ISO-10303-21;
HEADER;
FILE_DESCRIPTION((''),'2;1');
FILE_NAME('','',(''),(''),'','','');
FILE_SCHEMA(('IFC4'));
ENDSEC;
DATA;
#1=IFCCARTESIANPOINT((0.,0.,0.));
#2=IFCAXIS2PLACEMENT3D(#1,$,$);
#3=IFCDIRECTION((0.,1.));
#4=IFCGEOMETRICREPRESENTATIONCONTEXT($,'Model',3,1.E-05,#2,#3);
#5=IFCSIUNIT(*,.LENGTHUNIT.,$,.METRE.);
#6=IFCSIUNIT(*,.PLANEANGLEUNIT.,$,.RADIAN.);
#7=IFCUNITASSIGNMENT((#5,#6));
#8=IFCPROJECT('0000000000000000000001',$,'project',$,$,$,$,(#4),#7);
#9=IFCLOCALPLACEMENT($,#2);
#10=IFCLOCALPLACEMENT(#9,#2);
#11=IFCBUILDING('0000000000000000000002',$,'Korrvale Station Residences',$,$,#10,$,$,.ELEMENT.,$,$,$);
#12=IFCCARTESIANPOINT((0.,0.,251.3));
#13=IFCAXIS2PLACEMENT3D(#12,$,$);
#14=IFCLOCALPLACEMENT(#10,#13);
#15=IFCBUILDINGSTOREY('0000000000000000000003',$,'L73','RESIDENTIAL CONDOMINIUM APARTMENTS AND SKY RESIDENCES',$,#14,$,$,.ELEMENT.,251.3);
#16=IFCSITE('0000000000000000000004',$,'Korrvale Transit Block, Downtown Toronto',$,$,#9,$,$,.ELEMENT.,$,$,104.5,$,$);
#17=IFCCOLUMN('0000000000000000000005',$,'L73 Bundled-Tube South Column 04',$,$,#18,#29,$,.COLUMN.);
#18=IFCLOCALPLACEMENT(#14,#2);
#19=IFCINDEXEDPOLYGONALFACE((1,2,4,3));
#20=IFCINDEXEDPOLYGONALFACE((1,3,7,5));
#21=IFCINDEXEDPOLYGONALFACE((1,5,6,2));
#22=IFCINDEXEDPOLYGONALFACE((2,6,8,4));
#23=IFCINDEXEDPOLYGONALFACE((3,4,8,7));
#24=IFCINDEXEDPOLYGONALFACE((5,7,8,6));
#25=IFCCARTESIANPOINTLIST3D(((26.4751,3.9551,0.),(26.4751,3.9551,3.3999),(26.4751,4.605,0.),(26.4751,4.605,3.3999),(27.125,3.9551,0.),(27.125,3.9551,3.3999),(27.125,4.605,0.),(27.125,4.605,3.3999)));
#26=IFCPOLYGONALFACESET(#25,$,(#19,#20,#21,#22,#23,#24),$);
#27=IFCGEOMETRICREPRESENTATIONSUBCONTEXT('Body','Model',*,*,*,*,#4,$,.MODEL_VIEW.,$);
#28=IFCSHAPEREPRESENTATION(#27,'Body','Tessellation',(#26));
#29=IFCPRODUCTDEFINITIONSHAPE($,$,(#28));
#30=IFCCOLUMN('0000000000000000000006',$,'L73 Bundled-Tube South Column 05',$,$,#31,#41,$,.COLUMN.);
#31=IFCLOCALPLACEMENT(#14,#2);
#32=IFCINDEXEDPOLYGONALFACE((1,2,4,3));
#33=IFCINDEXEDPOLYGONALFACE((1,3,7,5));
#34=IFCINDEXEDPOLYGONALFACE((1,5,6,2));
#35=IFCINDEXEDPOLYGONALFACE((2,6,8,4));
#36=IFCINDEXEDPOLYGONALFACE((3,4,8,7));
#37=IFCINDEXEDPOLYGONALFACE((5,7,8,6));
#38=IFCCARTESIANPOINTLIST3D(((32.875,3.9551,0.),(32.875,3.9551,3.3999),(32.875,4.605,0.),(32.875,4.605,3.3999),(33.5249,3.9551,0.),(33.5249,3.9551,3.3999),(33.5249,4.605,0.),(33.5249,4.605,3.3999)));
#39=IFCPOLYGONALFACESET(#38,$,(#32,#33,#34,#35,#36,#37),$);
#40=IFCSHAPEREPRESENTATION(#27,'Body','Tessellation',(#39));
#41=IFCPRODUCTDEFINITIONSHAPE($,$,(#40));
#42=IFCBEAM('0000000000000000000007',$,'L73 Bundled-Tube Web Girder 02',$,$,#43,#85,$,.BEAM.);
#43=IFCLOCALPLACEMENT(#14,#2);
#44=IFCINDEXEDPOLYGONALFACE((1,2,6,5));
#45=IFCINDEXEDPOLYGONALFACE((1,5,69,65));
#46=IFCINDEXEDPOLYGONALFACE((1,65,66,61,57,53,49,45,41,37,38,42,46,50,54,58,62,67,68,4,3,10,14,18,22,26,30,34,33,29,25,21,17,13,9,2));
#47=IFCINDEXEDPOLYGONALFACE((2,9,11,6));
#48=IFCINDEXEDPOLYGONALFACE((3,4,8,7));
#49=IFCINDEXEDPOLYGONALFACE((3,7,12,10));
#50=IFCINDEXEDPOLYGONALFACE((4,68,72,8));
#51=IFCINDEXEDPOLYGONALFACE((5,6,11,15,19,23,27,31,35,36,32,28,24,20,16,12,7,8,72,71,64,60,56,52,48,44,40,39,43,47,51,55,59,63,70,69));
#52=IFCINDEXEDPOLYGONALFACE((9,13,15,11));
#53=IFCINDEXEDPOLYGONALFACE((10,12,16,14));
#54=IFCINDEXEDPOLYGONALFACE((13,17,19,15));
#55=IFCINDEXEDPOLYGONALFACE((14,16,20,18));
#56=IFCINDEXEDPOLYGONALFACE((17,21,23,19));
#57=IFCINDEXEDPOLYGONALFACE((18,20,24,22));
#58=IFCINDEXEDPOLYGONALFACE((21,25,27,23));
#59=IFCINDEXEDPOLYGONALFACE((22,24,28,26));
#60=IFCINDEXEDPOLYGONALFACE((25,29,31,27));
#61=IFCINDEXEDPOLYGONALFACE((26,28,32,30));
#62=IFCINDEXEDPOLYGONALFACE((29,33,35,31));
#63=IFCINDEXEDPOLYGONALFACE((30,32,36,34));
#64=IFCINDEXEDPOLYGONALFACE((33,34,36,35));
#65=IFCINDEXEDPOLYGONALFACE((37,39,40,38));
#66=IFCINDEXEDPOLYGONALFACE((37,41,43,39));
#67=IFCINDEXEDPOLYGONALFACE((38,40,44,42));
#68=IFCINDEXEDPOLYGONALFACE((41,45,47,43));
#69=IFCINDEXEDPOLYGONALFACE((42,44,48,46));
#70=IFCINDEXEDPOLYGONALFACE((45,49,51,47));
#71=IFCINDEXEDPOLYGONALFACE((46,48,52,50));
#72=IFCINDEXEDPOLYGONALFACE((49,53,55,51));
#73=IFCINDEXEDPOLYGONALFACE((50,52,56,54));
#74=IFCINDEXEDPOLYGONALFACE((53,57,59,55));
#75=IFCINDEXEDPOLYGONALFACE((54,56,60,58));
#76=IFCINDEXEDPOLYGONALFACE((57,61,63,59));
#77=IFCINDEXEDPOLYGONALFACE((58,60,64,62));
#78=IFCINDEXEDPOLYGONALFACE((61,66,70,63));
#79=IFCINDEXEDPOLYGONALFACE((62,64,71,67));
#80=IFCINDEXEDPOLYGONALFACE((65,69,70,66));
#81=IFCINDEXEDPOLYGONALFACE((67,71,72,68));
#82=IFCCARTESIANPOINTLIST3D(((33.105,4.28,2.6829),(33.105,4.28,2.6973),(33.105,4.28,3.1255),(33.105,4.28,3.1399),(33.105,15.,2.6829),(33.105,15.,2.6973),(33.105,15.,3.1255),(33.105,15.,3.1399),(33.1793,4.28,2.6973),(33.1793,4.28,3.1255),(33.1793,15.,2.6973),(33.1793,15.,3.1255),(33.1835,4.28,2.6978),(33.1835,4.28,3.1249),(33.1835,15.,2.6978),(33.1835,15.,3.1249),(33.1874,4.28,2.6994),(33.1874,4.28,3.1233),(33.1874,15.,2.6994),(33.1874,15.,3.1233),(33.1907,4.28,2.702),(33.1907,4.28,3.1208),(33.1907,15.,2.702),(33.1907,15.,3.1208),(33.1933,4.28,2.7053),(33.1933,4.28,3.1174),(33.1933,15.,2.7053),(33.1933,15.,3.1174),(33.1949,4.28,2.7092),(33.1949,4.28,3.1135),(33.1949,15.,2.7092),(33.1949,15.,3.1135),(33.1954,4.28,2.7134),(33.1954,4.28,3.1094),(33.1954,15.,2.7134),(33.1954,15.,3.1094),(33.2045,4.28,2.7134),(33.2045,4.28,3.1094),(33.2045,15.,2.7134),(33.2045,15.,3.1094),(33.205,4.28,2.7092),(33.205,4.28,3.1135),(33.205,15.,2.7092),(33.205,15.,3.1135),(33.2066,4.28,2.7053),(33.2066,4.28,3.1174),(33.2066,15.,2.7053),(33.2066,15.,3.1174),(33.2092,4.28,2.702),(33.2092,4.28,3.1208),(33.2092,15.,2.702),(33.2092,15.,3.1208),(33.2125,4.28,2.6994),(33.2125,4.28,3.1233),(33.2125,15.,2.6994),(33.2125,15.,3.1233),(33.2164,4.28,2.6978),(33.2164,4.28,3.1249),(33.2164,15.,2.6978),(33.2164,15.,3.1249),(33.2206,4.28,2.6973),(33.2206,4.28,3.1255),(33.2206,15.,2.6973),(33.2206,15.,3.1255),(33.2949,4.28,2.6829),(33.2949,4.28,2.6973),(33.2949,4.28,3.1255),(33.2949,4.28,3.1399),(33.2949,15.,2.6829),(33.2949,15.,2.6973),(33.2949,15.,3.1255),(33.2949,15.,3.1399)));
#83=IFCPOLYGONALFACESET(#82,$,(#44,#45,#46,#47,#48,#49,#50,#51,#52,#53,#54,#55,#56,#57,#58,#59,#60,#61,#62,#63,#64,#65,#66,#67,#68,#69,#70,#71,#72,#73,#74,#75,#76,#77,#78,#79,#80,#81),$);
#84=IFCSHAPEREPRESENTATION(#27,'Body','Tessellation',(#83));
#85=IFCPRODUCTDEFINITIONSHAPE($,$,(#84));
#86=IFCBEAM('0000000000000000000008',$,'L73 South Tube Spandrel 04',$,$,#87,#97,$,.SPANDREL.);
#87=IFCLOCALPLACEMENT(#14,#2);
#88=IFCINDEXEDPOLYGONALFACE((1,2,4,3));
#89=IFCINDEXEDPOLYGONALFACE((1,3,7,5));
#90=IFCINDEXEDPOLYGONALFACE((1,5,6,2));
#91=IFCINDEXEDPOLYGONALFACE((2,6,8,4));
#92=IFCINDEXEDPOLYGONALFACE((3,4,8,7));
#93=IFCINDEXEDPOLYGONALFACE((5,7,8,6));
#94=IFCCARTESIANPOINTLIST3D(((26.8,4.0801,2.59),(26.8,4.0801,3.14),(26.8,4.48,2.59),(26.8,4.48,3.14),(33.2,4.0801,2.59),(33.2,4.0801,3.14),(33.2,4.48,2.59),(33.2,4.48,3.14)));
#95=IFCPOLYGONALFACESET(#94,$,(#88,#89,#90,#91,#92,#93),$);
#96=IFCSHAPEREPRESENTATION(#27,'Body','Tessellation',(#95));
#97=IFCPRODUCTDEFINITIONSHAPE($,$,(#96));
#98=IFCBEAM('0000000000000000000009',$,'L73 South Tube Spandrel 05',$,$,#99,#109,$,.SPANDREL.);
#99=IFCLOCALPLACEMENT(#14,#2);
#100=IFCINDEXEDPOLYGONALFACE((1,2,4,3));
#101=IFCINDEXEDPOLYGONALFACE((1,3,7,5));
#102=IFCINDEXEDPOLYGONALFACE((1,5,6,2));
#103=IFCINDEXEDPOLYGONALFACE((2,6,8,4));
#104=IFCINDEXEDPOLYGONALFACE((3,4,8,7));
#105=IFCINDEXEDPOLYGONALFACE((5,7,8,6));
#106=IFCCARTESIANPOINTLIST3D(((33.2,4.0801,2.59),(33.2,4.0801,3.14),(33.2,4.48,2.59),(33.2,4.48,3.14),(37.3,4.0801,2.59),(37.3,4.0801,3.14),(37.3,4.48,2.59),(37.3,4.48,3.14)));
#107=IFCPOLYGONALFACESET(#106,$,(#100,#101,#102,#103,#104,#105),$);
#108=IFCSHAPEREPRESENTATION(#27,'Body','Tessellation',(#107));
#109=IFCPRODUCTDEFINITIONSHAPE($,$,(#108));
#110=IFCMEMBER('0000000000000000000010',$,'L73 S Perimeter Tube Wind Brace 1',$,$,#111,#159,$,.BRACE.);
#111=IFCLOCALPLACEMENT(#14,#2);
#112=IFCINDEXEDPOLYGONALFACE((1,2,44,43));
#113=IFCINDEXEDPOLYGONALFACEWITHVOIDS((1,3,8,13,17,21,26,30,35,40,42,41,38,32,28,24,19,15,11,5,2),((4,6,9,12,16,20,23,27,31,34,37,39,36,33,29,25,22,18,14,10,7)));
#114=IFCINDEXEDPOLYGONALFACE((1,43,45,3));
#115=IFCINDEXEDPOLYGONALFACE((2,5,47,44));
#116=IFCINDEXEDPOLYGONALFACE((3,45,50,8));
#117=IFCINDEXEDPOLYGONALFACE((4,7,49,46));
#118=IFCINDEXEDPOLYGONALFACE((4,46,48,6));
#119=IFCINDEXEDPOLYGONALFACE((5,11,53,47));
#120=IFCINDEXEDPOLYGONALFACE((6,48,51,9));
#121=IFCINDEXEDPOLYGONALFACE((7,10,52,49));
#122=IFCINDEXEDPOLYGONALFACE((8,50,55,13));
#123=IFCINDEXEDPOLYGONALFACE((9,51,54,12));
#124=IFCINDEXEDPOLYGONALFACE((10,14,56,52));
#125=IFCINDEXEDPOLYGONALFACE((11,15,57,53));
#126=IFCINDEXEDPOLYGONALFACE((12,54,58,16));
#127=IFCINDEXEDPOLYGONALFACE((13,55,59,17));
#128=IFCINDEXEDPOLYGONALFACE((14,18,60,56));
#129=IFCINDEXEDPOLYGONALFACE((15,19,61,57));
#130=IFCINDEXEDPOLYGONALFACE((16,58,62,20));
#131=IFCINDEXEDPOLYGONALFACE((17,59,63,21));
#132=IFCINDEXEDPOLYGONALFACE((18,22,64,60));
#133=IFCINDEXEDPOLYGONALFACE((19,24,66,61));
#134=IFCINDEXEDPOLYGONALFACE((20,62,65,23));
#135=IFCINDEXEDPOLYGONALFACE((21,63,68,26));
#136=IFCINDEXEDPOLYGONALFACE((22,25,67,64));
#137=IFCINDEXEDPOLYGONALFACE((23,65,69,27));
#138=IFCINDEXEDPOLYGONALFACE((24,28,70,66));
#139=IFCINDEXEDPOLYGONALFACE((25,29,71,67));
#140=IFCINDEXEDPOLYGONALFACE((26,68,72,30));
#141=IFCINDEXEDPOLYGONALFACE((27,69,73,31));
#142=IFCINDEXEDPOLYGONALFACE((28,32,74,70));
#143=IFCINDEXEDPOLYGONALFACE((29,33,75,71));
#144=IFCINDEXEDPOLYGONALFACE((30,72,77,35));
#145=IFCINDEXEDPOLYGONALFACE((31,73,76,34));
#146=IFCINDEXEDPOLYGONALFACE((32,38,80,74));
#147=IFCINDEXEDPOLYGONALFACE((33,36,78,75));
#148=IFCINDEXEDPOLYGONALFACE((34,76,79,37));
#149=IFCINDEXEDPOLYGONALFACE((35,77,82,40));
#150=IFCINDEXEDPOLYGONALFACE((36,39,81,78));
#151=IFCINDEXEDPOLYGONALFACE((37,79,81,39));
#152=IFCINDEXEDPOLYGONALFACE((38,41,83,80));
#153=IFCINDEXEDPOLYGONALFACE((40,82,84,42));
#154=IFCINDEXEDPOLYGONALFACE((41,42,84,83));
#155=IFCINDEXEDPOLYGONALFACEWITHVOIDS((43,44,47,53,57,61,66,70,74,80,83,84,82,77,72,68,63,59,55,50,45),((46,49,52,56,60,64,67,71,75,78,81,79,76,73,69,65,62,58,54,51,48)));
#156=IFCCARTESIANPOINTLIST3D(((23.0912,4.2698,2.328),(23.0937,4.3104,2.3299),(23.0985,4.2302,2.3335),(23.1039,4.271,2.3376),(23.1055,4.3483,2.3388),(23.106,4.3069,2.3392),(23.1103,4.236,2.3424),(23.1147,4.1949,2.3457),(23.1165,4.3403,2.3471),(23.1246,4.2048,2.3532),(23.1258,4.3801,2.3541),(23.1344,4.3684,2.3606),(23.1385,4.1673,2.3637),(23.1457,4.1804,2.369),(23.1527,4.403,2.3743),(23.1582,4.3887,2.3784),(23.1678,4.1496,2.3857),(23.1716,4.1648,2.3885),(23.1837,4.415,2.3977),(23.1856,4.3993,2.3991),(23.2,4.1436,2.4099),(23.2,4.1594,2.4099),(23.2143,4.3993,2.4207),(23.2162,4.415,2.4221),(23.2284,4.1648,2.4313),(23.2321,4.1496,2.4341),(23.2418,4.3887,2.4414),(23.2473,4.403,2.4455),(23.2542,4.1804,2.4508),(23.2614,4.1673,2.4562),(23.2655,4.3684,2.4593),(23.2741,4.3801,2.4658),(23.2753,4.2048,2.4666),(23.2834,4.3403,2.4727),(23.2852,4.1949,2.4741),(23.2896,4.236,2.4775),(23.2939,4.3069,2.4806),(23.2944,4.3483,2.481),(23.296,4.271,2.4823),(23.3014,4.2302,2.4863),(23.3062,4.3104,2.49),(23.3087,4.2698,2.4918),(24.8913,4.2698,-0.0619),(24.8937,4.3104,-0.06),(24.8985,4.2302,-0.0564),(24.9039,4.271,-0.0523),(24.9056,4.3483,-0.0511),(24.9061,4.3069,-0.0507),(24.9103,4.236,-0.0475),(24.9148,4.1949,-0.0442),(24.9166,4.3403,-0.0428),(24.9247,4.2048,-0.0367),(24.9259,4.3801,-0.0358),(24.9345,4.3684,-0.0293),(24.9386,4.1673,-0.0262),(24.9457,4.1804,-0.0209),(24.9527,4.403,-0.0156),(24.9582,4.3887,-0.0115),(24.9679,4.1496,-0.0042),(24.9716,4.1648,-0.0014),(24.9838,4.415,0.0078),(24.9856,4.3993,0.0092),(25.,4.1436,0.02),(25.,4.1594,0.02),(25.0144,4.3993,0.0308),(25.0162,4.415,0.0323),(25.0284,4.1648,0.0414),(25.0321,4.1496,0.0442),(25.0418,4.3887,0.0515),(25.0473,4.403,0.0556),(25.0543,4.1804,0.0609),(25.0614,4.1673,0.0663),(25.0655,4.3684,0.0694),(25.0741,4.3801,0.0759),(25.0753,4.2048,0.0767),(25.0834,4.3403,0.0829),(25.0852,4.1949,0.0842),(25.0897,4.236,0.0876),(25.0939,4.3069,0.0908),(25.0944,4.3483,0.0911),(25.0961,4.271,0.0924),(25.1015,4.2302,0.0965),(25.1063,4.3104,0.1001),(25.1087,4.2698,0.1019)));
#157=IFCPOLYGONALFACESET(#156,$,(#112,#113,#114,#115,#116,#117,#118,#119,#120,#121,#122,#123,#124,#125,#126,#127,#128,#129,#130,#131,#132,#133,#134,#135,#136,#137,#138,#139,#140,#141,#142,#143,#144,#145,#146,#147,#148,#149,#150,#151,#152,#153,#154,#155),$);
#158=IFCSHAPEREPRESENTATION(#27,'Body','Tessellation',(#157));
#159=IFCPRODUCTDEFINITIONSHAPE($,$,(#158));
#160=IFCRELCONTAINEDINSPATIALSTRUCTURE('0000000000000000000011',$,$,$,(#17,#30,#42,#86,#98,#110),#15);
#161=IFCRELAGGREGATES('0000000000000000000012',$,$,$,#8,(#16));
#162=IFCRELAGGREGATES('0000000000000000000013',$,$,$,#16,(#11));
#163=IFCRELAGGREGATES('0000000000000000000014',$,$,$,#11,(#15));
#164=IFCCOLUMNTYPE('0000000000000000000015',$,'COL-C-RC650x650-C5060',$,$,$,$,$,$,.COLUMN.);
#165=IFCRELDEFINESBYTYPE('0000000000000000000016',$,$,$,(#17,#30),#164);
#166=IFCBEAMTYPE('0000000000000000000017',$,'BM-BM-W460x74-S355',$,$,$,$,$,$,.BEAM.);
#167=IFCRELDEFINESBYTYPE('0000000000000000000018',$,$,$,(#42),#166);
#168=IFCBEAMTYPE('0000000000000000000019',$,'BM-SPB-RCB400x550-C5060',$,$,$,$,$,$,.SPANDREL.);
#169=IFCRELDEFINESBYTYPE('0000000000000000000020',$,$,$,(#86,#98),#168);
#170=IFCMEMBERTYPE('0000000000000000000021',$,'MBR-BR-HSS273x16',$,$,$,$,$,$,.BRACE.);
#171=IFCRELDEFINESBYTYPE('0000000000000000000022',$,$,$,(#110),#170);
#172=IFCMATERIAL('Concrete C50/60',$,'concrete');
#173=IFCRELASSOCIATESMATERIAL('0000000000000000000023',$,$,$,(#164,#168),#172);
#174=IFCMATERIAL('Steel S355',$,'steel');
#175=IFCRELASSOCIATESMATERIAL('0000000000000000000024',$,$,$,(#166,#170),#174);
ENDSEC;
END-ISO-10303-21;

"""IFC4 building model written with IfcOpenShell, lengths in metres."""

from ifc_helpers import new_model, si_unit, direction, frame, origin, origin_2d, place, context, subcontext, project, spatial, rectangle, hollow_circle, i_section, extrude, material, material_profile, profile_set, type_object, element, save


model = new_model("IFC4")

# Units and contexts
model_context = context("Model", 3, precision=1e-05, world=origin(), true_north=direction((0.0, 1.0)))
body_context = subcontext(model_context, "Body", "Model", "MODEL_VIEW")
ifc_project = project(units=[si_unit("LENGTHUNIT", "METRE"), si_unit("PLANEANGLEUNIT", "RADIAN")], contexts=[model_context])

# Site, building, storey
site_placement = place(None, origin())
site = spatial("IfcSite", under=ifc_project, at=site_placement, Name="Korrvale Transit Block, Downtown Toronto", CompositionType="ELEMENT", RefElevation=104.5)
building_placement = place(site_placement, origin())
building = spatial("IfcBuilding", under=site, at=building_placement, Name="Korrvale Station Residences", CompositionType="ELEMENT")
storey_placement = place(building_placement, frame((0.0, 0.0, 251.3)))
storey = spatial("IfcBuildingStorey", under=building, at=storey_placement, Name="L73", Description="RESIDENTIAL CONDOMINIUM APARTMENTS AND SKY RESIDENCES", CompositionType="ELEMENT", Elevation=251.3)

# Columns
ifc_material_1 = material(Name="Concrete C50/60", Category="concrete")
ifc_material_profile_1 = material_profile(ifc_material_1, rectangle(XDim=0.6499, YDim=0.6499, at=origin_2d()), Name="RC650x650")
ifc_profile_set_1 = profile_set([ifc_material_profile_1], Name="Concrete C50/60")
column_type = type_object("IfcColumnType", Name="COL-C-RC650x650-C5060", PredefinedType="COLUMN", material=ifc_profile_set_1)
for number, where, z_axis, x_axis, name in (
    (1, (26.8, 4.28, 0.0), (0.0, 0.0, 1.0), (1.0, 0.0, 0.0), "L73 Bundled-Tube South Column 04"),
    (2, (33.2, 4.28, 0.0), (0.0, 0.0, 1.0), (1.0, 0.0, 0.0), "L73 Bundled-Tube South Column 05"),
):
    element("IfcColumn", number, at=place(storey_placement, frame(where, z_axis=z_axis, x_axis=x_axis)), inside=storey, type_object=column_type, Name=name, PredefinedType="COLUMN", context=body_context, shape_type="SweptSolid", body=[
        extrude(rectangle(XDim=0.6499, YDim=0.6499, at=origin_2d()), origin(), (0.0, 0.0, 1.0), 3.3999),
    ])

# Beams
ifc_material_2 = material(Name="Steel S355", Category="steel")
ifc_material_profile_2 = material_profile(ifc_material_2, i_section(OverallWidth=0.1899, OverallDepth=0.457, WebThickness=0.009, FlangeThickness=0.0144, FilletRadius=0.0161, at=origin_2d()), Name="W460x74")
ifc_profile_set_2 = profile_set([ifc_material_profile_2], Name="Steel S355")
beam_type_1 = type_object("IfcBeamType", Name="BM-BM-W460x74-S355", PredefinedType="BEAM", material=ifc_profile_set_2)
beam_1_placement = place(storey_placement, frame((33.2, 4.28, 2.9114), z_axis=(0.0, 1.0, 0.0), x_axis=(-1.0, 0.0, 0.0)))
element("IfcBeam", 3, at=beam_1_placement, inside=storey, type_object=beam_type_1, Name="L73 Bundled-Tube Web Girder 02", PredefinedType="BEAM", context=body_context, shape_type="SweptSolid", body=[
    extrude(i_section(OverallWidth=0.1899, OverallDepth=0.457, WebThickness=0.009, FlangeThickness=0.0144, FilletRadius=0.0161, at=origin_2d()), origin(), (0.0, 0.0, 1.0), 10.72),
])
ifc_material_profile_3 = material_profile(ifc_material_1, rectangle(XDim=0.3999, YDim=0.55, at=origin_2d()), Name="RCB400x550")
ifc_profile_set_3 = profile_set([ifc_material_profile_3], Name="Concrete C50/60")
beam_type_2 = type_object("IfcBeamType", Name="BM-SPB-RCB400x550-C5060", PredefinedType="SPANDREL", material=ifc_profile_set_3)
beam_2_placement = place(storey_placement, frame((26.8, 4.28, 2.865), z_axis=(1.0, 0.0, 0.0), x_axis=(0.0, 1.0, 0.0)))
element("IfcBeam", 4, at=beam_2_placement, inside=storey, type_object=beam_type_2, Name="L73 South Tube Spandrel 04", PredefinedType="SPANDREL", context=body_context, shape_type="SweptSolid", body=[
    extrude(rectangle(XDim=0.3999, YDim=0.55, at=origin_2d()), origin(), (0.0, 0.0, 1.0), 6.3999),
])
beam_3_placement = place(storey_placement, frame((33.2, 4.28, 2.865), z_axis=(1.0, 0.0, 0.0), x_axis=(0.0, 1.0, 0.0)))
element("IfcBeam", 5, at=beam_3_placement, inside=storey, type_object=beam_type_2, Name="L73 South Tube Spandrel 05", PredefinedType="SPANDREL", context=body_context, shape_type="SweptSolid", body=[
    extrude(rectangle(XDim=0.3999, YDim=0.55, at=origin_2d()), origin(), (0.0, 0.0, 1.0), 4.1001),
])

# Member
ifc_material_profile_4 = material_profile(ifc_material_2, hollow_circle(Radius=0.1365, WallThickness=0.0159, at=origin_2d()), Name="HSS273x16")
ifc_profile_set_4 = profile_set([ifc_material_profile_4], Name="Steel S355")
member_type = type_object("IfcMemberType", Name="MBR-BR-HSS273x16", PredefinedType="BRACE", material=ifc_profile_set_4)
for number, where, z_axis, x_axis, name in (
    (6, (25.0, 4.28, 0.02), (-0.601631, 0.0, 0.798774), (0.0, -1.0, 0.0), "L73 S Perimeter Tube Wind Brace 1"),
):
    element("IfcMember", number, at=place(storey_placement, frame(where, z_axis=z_axis, x_axis=x_axis)), inside=storey, type_object=member_type, Name=name, PredefinedType="BRACE", context=body_context, shape_type="SweptSolid", body=[
        extrude(hollow_circle(Radius=0.1365, WallThickness=0.0159, at=origin_2d()), origin(), (0.0, 0.0, 1.0), 2.9919),
    ])

save(model, "model.ifc")
